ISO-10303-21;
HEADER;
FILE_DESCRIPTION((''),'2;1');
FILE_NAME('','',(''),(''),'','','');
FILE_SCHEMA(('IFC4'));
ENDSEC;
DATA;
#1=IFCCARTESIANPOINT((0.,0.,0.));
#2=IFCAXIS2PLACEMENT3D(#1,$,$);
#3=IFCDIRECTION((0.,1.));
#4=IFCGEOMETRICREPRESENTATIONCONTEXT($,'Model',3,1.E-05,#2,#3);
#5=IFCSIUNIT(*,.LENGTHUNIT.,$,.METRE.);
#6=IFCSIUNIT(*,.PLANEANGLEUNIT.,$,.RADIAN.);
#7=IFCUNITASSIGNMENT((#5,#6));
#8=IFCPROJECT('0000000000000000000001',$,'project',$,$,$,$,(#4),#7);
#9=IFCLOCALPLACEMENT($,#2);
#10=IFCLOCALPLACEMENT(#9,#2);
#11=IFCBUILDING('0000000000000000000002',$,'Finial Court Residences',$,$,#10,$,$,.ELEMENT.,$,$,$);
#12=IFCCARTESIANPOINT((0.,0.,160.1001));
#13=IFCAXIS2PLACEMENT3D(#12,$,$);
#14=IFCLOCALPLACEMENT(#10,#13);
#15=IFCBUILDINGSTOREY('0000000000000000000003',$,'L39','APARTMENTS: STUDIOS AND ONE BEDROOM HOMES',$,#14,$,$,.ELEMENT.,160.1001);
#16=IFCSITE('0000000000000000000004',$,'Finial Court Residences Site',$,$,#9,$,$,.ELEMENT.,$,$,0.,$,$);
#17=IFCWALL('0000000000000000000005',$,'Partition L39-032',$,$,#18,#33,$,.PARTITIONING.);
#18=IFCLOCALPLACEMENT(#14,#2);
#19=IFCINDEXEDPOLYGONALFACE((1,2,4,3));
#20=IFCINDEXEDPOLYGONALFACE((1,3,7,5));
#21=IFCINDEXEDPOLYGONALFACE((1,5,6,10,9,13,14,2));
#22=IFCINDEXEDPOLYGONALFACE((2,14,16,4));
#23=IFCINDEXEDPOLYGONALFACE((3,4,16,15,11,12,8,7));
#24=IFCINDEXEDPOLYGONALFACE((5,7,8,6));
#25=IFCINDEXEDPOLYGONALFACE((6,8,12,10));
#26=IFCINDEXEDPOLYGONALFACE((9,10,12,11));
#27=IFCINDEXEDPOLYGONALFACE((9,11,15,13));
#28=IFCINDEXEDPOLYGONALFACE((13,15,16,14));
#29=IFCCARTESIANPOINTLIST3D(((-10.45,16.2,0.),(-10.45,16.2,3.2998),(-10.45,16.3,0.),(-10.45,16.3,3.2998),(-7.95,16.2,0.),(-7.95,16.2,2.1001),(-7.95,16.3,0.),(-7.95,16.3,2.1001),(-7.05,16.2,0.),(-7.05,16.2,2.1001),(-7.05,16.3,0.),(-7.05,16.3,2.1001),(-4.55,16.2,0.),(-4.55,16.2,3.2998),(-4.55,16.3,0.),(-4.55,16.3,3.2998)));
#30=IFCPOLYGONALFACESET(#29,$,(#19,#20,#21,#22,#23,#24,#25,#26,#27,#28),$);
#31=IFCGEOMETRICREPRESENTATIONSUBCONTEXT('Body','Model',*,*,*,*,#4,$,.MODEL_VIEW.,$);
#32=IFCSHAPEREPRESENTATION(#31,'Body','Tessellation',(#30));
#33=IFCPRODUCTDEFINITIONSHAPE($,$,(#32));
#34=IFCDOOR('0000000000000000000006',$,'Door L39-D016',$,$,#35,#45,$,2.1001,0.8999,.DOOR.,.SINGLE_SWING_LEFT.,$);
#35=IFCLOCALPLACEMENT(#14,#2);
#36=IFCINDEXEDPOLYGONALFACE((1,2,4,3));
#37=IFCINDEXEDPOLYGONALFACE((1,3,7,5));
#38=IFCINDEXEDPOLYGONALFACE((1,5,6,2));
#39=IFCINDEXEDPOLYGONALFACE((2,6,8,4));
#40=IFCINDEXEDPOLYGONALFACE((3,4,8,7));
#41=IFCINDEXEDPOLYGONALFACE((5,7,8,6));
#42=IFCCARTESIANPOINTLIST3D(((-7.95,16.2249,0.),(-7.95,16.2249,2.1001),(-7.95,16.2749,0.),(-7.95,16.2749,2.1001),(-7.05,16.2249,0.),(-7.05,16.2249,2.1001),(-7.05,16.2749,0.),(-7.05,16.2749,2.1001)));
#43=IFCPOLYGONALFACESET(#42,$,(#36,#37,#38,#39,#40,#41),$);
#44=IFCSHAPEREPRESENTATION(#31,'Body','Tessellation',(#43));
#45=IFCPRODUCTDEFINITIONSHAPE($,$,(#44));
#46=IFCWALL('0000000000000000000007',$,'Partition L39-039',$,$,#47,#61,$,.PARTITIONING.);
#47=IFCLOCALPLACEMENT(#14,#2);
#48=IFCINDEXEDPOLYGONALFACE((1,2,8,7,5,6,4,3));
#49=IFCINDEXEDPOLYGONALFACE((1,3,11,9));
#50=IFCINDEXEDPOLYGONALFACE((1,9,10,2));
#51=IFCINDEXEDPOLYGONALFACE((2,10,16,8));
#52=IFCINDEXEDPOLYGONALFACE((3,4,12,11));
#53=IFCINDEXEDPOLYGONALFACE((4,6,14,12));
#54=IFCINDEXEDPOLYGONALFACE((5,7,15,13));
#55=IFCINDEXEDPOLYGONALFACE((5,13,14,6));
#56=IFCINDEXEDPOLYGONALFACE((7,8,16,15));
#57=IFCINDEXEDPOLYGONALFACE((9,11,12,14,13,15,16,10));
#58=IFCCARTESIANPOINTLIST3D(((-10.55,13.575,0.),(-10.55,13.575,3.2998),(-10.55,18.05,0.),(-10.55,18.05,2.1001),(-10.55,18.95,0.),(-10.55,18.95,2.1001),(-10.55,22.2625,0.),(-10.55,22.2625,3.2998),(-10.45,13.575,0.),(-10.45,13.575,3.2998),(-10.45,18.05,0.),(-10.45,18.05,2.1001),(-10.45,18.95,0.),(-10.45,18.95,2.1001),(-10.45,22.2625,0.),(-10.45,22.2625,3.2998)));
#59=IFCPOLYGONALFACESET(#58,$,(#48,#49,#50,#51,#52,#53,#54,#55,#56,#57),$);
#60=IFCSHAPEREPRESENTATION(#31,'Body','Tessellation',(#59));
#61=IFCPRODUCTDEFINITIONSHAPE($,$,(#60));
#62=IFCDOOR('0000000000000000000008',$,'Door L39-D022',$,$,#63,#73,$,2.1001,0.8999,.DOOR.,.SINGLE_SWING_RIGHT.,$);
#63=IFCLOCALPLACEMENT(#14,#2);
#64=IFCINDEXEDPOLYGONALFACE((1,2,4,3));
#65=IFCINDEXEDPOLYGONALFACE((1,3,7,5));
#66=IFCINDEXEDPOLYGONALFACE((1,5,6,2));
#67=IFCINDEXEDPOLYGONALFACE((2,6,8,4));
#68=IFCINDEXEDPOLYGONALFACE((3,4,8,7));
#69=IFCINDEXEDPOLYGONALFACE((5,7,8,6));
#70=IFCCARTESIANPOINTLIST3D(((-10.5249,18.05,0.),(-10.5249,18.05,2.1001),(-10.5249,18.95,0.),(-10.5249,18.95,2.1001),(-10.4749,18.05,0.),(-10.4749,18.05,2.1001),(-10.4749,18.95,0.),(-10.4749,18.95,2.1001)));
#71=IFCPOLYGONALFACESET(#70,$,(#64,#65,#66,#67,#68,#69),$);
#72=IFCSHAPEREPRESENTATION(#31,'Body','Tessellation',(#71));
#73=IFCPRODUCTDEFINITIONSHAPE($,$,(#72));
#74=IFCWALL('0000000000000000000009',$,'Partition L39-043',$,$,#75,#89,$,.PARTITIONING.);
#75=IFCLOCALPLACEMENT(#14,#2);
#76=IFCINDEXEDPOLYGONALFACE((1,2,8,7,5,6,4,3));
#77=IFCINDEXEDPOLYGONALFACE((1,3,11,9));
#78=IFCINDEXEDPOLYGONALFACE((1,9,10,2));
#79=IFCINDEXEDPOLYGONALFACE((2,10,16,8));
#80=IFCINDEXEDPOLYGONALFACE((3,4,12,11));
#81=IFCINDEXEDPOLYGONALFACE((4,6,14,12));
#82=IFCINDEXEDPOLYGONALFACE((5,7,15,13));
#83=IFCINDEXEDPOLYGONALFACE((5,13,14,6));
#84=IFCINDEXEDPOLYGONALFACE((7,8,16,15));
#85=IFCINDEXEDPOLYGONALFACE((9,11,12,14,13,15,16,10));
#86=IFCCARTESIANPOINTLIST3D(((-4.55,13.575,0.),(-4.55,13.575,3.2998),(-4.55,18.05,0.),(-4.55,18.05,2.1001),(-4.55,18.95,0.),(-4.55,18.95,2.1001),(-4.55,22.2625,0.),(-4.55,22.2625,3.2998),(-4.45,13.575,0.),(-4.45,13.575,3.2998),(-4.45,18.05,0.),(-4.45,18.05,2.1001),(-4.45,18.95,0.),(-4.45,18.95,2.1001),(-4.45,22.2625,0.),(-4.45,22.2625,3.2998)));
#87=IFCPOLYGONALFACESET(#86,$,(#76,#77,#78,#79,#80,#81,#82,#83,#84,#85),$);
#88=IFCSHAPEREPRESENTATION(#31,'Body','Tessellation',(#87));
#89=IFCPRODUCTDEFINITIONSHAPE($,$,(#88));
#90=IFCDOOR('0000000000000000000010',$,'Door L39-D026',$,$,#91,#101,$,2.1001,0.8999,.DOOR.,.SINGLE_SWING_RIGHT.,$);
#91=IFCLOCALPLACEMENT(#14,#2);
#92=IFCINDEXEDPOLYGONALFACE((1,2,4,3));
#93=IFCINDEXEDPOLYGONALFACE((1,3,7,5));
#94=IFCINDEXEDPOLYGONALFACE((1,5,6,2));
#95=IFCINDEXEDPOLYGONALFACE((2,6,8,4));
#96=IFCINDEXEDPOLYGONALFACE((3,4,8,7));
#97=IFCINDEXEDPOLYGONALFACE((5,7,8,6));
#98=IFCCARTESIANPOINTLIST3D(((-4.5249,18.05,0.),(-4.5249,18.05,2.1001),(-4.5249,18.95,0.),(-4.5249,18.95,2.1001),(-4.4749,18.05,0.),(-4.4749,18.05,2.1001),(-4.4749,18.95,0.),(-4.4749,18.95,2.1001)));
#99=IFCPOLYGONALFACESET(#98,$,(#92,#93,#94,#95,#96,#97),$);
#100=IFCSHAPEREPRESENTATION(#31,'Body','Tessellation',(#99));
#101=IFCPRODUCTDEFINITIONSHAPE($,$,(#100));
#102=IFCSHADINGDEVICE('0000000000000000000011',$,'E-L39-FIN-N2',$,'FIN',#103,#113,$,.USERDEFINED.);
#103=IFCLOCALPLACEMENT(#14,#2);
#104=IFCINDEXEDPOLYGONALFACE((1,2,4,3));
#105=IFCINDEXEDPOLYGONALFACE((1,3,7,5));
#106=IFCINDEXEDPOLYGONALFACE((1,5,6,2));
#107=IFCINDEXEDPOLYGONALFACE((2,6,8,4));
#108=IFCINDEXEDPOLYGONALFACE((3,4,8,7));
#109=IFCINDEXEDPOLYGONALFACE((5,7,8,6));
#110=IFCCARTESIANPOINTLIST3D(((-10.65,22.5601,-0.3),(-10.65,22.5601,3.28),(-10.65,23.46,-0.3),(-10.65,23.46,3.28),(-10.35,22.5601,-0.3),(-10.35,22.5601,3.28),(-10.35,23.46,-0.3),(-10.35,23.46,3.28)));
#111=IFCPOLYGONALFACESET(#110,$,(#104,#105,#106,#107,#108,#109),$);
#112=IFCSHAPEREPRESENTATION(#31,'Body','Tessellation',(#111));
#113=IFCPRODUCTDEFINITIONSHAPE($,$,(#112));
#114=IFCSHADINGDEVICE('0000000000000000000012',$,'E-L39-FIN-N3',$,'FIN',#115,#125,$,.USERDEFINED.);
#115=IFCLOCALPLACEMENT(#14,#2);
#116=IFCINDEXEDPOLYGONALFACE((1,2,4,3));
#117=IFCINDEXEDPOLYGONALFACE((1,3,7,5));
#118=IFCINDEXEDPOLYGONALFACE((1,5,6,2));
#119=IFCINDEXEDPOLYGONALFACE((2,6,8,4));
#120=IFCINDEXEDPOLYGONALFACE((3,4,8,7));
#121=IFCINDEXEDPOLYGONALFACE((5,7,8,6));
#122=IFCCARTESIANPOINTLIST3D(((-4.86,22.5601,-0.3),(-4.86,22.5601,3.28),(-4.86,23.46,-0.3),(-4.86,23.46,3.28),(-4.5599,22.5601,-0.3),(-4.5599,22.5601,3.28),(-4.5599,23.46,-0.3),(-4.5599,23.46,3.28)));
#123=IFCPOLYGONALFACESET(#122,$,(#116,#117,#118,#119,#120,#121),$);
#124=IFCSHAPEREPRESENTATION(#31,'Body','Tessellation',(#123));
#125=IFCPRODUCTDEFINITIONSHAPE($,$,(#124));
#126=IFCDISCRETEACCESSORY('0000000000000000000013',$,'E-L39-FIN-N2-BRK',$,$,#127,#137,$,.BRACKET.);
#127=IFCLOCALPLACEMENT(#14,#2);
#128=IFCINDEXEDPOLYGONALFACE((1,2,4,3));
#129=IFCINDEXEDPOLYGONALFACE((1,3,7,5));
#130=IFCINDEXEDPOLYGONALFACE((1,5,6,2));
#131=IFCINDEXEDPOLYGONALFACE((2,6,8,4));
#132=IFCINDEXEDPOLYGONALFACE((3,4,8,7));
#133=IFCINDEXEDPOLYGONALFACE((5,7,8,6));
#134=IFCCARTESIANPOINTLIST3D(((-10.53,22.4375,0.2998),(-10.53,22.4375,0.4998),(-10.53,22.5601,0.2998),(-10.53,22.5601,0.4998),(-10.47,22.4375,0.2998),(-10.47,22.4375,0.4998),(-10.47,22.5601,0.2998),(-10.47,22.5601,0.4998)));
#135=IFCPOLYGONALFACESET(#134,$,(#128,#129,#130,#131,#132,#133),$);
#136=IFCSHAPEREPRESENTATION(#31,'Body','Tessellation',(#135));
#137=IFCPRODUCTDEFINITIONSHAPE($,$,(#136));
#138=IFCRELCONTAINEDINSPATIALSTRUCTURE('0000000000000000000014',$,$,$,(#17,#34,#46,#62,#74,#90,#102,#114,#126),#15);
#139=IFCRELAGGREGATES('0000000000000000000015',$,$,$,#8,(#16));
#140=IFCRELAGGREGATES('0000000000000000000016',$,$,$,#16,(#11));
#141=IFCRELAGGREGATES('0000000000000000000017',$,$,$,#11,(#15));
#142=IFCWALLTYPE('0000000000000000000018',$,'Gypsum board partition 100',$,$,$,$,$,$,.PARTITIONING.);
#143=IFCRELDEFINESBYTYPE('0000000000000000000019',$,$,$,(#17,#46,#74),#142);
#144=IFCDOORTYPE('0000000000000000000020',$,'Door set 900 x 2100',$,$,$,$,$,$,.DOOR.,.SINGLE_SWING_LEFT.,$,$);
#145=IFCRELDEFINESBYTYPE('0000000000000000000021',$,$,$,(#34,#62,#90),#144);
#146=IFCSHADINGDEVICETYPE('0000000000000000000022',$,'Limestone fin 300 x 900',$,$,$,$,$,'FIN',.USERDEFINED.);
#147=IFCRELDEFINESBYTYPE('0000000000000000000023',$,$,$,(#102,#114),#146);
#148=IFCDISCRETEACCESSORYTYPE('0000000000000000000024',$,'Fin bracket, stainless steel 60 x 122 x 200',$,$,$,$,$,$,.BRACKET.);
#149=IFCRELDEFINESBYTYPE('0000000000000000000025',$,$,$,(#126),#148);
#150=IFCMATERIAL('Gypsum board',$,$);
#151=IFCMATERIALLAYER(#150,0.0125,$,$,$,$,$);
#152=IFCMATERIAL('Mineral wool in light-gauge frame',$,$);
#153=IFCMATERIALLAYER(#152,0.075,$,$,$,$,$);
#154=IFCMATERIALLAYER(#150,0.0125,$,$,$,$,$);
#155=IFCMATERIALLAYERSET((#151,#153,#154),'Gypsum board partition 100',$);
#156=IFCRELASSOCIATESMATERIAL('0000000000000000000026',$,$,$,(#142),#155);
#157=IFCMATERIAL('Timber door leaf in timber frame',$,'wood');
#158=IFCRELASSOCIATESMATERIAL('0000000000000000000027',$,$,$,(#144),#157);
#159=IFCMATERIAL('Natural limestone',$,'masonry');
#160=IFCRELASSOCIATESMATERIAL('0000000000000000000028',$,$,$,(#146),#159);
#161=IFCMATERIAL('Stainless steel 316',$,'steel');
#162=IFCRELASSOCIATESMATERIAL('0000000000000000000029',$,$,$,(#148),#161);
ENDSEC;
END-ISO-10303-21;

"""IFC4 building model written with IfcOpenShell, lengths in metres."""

from ifc_helpers import new_model, si_unit, direction, frame, frame_2d, origin, origin_2d, place, context, subcontext, project, spatial, rectangle, extrude, material, layer, layer_set, type_object, element, fill, save


model = new_model("IFC4")

# Units and contexts
model_context = context("Model", 3, precision=1e-05, world=origin(), true_north=direction((0.0, 1.0)))
body_context = subcontext(model_context, "Body", "Model", "MODEL_VIEW")
ifc_project = project(units=[si_unit("LENGTHUNIT", "METRE"), si_unit("PLANEANGLEUNIT", "RADIAN")], contexts=[model_context])

# Site, building, storey
site_placement = place(None, origin())
site = spatial("IfcSite", under=ifc_project, at=site_placement, Name="Finial Court Residences Site", CompositionType="ELEMENT", RefElevation=0.0)
building_placement = place(site_placement, origin())
building = spatial("IfcBuilding", under=site, at=building_placement, Name="Finial Court Residences", CompositionType="ELEMENT")
storey_placement = place(building_placement, frame((0.0, 0.0, 160.1001)))
storey = spatial("IfcBuildingStorey", under=building, at=storey_placement, Name="L39", Description="APARTMENTS: STUDIOS AND ONE BEDROOM HOMES", CompositionType="ELEMENT", Elevation=160.1001)

# Shared definitions
ifc_material_1 = material(Name="Gypsum board")
ifc_layer_1 = layer(ifc_material_1, 0.0125)
ifc_material_2 = material(Name="Mineral wool in light-gauge frame")
ifc_layer_2 = layer(ifc_material_2, 0.075)
ifc_layer_3 = layer(ifc_material_1, 0.0125)
ifc_layer_set_1 = layer_set([ifc_layer_1, ifc_layer_2, ifc_layer_3], Name="Gypsum board partition 100")
wall_type = type_object("IfcWallType", Name="Gypsum board partition 100", PredefinedType="PARTITIONING", material=ifc_layer_set_1)

# Walls, openings, doors
wall_1_placement = place(storey_placement, frame((-10.45, 16.25, 0.0), z_axis=(0.0, 0.0, 1.0), x_axis=(1.0, 0.0, 0.0)))
wall_1 = element("IfcWall", 1, at=wall_1_placement, inside=storey, type_object=wall_type, Name="Partition L39-032", PredefinedType="PARTITIONING", context=body_context, shape_type="SweptSolid", body=[
    extrude(rectangle(XDim=5.8999, YDim=0.1001, at=frame_2d((2.95, 0.0))), origin(), (0.0, 0.0, 1.0), 3.2998),
])
opening_1_placement = place(wall_1_placement, frame((2.5, 0.0, 0.0)))
opening_1 = element("IfcOpeningElement", 2, at=opening_1_placement, cuts=wall_1, PredefinedType="OPENING", context=body_context, shape_type="SweptSolid", body=[
    extrude(rectangle(XDim=0.8999, YDim=2.1001, at=frame_2d((0.45, 1.05))), frame((0.0, 0.0601, 0.0), z_axis=(0.0, -1.0, 0.0), x_axis=(1.0, 0.0, 0.0)), (0.0, 0.0, 1.0), 0.1201),
])
ifc_material_3 = material(Name="Timber door leaf in timber frame", Category="wood")
door_type = type_object("IfcDoorType", Name="Door set 900 x 2100", OperationType="SINGLE_SWING_LEFT", PredefinedType="DOOR", material=ifc_material_3)
door_1_placement = place(opening_1_placement, origin())
door_1 = element("IfcDoor", 3, at=door_1_placement, inside=storey, type_object=door_type, Name="Door L39-D016", OperationType="SINGLE_SWING_LEFT", OverallHeight=2.1001, OverallWidth=0.8999, PredefinedType="DOOR", context=body_context, shape_type="SweptSolid", body=[
    extrude(rectangle(XDim=0.8999, YDim=2.1001, at=frame_2d((0.45, 1.05))), frame((0.0, 0.0249, 0.0), z_axis=(0.0, -1.0, 0.0), x_axis=(1.0, 0.0, 0.0)), (0.0, 0.0, 1.0), 0.05),
])
fill(opening_1, door_1)
wall_2_placement = place(storey_placement, frame((-10.5, 13.575, 0.0), z_axis=(0.0, 0.0, 1.0), x_axis=(0.0, 1.0, 0.0)))
wall_2 = element("IfcWall", 4, at=wall_2_placement, inside=storey, type_object=wall_type, Name="Partition L39-039", PredefinedType="PARTITIONING", context=body_context, shape_type="SweptSolid", body=[
    extrude(rectangle(XDim=8.6875, YDim=0.1001, at=frame_2d((4.3438, 0.0))), origin(), (0.0, 0.0, 1.0), 3.2998),
])
opening_2_placement = place(wall_2_placement, frame((4.4751, 0.0, 0.0)))
opening_2 = element("IfcOpeningElement", 5, at=opening_2_placement, cuts=wall_2, PredefinedType="OPENING", context=body_context, shape_type="SweptSolid", body=[
    extrude(rectangle(XDim=0.8999, YDim=2.1001, at=frame_2d((0.45, 1.05))), frame((0.0, 0.0601, 0.0), z_axis=(0.0, -1.0, 0.0), x_axis=(1.0, 0.0, 0.0)), (0.0, 0.0, 1.0), 0.1201),
])
door_2_placement = place(opening_2_placement, origin())
door_2 = element("IfcDoor", 6, at=door_2_placement, inside=storey, type_object=door_type, Name="Door L39-D022", OperationType="SINGLE_SWING_RIGHT", OverallHeight=2.1001, OverallWidth=0.8999, PredefinedType="DOOR", context=body_context, shape_type="SweptSolid", body=[
    extrude(rectangle(XDim=0.8999, YDim=2.1001, at=frame_2d((0.45, 1.05))), frame((0.0, 0.0249, 0.0), z_axis=(0.0, -1.0, 0.0), x_axis=(1.0, 0.0, 0.0)), (0.0, 0.0, 1.0), 0.05),
])
fill(opening_2, door_2)
wall_3_placement = place(storey_placement, frame((-4.5, 13.575, 0.0), z_axis=(0.0, 0.0, 1.0), x_axis=(0.0, 1.0, 0.0)))
wall_3 = element("IfcWall", 7, at=wall_3_placement, inside=storey, type_object=wall_type, Name="Partition L39-043", PredefinedType="PARTITIONING", context=body_context, shape_type="SweptSolid", body=[
    extrude(rectangle(XDim=8.6875, YDim=0.1001, at=frame_2d((4.3438, 0.0))), origin(), (0.0, 0.0, 1.0), 3.2998),
])
opening_3_placement = place(wall_3_placement, frame((4.4751, 0.0, 0.0)))
opening_3 = element("IfcOpeningElement", 8, at=opening_3_placement, cuts=wall_3, PredefinedType="OPENING", context=body_context, shape_type="SweptSolid", body=[
    extrude(rectangle(XDim=0.8999, YDim=2.1001, at=frame_2d((0.45, 1.05))), frame((0.0, 0.0601, 0.0), z_axis=(0.0, -1.0, 0.0), x_axis=(1.0, 0.0, 0.0)), (0.0, 0.0, 1.0), 0.1201),
])
door_3_placement = place(opening_3_placement, origin())
door_3 = element("IfcDoor", 9, at=door_3_placement, inside=storey, type_object=door_type, Name="Door L39-D026", OperationType="SINGLE_SWING_RIGHT", OverallHeight=2.1001, OverallWidth=0.8999, PredefinedType="DOOR", context=body_context, shape_type="SweptSolid", body=[
    extrude(rectangle(XDim=0.8999, YDim=2.1001, at=frame_2d((0.45, 1.05))), frame((0.0, 0.0249, 0.0), z_axis=(0.0, -1.0, 0.0), x_axis=(1.0, 0.0, 0.0)), (0.0, 0.0, 1.0), 0.05),
])
fill(opening_3, door_3)

# Shading devices
ifc_material_4 = material(Name="Natural limestone", Category="masonry")
shading_device_type = type_object("IfcShadingDeviceType", Name="Limestone fin 300 x 900", ElementType="FIN", PredefinedType="USERDEFINED", material=ifc_material_4)
for number, where, z_axis, x_axis, name in (
    (10, (-10.5, 23.01, -0.3), (0.0, 0.0, 1.0), (1.0, 0.0, 0.0), "E-L39-FIN-N2"),
    (11, (-4.71, 23.01, -0.3), (0.0, 0.0, 1.0), (1.0, 0.0, 0.0), "E-L39-FIN-N3"),
):
    element("IfcShadingDevice", number, at=place(storey_placement, frame(where, z_axis=z_axis, x_axis=x_axis)), inside=storey, type_object=shading_device_type, Name=name, ObjectType="FIN", PredefinedType="USERDEFINED", context=body_context, shape_type="SweptSolid", body=[
        extrude(rectangle(XDim=0.3, YDim=0.8999, at=origin_2d()), origin(), (0.0, 0.0, 1.0), 3.5801),
    ])

# Discrete accessory
ifc_material_5 = material(Name="Stainless steel 316", Category="steel")
discrete_accessory_type = type_object("IfcDiscreteAccessoryType", Name="Fin bracket, stainless steel 60 x 122 x 200", PredefinedType="BRACKET", material=ifc_material_5)
discrete_accessory_placement = place(storey_placement, frame((-10.5, 22.4988, 0.2998), z_axis=(0.0, 0.0, 1.0), x_axis=(1.0, 0.0, 0.0)))
element("IfcDiscreteAccessory", 12, at=discrete_accessory_placement, inside=storey, type_object=discrete_accessory_type, Name="E-L39-FIN-N2-BRK", PredefinedType="BRACKET", context=body_context, shape_type="SweptSolid", body=[
    extrude(rectangle(XDim=0.0601, YDim=0.1226, at=origin_2d()), origin(), (0.0, 0.0, 1.0), 0.2),
])

save(model, "model.ifc")
